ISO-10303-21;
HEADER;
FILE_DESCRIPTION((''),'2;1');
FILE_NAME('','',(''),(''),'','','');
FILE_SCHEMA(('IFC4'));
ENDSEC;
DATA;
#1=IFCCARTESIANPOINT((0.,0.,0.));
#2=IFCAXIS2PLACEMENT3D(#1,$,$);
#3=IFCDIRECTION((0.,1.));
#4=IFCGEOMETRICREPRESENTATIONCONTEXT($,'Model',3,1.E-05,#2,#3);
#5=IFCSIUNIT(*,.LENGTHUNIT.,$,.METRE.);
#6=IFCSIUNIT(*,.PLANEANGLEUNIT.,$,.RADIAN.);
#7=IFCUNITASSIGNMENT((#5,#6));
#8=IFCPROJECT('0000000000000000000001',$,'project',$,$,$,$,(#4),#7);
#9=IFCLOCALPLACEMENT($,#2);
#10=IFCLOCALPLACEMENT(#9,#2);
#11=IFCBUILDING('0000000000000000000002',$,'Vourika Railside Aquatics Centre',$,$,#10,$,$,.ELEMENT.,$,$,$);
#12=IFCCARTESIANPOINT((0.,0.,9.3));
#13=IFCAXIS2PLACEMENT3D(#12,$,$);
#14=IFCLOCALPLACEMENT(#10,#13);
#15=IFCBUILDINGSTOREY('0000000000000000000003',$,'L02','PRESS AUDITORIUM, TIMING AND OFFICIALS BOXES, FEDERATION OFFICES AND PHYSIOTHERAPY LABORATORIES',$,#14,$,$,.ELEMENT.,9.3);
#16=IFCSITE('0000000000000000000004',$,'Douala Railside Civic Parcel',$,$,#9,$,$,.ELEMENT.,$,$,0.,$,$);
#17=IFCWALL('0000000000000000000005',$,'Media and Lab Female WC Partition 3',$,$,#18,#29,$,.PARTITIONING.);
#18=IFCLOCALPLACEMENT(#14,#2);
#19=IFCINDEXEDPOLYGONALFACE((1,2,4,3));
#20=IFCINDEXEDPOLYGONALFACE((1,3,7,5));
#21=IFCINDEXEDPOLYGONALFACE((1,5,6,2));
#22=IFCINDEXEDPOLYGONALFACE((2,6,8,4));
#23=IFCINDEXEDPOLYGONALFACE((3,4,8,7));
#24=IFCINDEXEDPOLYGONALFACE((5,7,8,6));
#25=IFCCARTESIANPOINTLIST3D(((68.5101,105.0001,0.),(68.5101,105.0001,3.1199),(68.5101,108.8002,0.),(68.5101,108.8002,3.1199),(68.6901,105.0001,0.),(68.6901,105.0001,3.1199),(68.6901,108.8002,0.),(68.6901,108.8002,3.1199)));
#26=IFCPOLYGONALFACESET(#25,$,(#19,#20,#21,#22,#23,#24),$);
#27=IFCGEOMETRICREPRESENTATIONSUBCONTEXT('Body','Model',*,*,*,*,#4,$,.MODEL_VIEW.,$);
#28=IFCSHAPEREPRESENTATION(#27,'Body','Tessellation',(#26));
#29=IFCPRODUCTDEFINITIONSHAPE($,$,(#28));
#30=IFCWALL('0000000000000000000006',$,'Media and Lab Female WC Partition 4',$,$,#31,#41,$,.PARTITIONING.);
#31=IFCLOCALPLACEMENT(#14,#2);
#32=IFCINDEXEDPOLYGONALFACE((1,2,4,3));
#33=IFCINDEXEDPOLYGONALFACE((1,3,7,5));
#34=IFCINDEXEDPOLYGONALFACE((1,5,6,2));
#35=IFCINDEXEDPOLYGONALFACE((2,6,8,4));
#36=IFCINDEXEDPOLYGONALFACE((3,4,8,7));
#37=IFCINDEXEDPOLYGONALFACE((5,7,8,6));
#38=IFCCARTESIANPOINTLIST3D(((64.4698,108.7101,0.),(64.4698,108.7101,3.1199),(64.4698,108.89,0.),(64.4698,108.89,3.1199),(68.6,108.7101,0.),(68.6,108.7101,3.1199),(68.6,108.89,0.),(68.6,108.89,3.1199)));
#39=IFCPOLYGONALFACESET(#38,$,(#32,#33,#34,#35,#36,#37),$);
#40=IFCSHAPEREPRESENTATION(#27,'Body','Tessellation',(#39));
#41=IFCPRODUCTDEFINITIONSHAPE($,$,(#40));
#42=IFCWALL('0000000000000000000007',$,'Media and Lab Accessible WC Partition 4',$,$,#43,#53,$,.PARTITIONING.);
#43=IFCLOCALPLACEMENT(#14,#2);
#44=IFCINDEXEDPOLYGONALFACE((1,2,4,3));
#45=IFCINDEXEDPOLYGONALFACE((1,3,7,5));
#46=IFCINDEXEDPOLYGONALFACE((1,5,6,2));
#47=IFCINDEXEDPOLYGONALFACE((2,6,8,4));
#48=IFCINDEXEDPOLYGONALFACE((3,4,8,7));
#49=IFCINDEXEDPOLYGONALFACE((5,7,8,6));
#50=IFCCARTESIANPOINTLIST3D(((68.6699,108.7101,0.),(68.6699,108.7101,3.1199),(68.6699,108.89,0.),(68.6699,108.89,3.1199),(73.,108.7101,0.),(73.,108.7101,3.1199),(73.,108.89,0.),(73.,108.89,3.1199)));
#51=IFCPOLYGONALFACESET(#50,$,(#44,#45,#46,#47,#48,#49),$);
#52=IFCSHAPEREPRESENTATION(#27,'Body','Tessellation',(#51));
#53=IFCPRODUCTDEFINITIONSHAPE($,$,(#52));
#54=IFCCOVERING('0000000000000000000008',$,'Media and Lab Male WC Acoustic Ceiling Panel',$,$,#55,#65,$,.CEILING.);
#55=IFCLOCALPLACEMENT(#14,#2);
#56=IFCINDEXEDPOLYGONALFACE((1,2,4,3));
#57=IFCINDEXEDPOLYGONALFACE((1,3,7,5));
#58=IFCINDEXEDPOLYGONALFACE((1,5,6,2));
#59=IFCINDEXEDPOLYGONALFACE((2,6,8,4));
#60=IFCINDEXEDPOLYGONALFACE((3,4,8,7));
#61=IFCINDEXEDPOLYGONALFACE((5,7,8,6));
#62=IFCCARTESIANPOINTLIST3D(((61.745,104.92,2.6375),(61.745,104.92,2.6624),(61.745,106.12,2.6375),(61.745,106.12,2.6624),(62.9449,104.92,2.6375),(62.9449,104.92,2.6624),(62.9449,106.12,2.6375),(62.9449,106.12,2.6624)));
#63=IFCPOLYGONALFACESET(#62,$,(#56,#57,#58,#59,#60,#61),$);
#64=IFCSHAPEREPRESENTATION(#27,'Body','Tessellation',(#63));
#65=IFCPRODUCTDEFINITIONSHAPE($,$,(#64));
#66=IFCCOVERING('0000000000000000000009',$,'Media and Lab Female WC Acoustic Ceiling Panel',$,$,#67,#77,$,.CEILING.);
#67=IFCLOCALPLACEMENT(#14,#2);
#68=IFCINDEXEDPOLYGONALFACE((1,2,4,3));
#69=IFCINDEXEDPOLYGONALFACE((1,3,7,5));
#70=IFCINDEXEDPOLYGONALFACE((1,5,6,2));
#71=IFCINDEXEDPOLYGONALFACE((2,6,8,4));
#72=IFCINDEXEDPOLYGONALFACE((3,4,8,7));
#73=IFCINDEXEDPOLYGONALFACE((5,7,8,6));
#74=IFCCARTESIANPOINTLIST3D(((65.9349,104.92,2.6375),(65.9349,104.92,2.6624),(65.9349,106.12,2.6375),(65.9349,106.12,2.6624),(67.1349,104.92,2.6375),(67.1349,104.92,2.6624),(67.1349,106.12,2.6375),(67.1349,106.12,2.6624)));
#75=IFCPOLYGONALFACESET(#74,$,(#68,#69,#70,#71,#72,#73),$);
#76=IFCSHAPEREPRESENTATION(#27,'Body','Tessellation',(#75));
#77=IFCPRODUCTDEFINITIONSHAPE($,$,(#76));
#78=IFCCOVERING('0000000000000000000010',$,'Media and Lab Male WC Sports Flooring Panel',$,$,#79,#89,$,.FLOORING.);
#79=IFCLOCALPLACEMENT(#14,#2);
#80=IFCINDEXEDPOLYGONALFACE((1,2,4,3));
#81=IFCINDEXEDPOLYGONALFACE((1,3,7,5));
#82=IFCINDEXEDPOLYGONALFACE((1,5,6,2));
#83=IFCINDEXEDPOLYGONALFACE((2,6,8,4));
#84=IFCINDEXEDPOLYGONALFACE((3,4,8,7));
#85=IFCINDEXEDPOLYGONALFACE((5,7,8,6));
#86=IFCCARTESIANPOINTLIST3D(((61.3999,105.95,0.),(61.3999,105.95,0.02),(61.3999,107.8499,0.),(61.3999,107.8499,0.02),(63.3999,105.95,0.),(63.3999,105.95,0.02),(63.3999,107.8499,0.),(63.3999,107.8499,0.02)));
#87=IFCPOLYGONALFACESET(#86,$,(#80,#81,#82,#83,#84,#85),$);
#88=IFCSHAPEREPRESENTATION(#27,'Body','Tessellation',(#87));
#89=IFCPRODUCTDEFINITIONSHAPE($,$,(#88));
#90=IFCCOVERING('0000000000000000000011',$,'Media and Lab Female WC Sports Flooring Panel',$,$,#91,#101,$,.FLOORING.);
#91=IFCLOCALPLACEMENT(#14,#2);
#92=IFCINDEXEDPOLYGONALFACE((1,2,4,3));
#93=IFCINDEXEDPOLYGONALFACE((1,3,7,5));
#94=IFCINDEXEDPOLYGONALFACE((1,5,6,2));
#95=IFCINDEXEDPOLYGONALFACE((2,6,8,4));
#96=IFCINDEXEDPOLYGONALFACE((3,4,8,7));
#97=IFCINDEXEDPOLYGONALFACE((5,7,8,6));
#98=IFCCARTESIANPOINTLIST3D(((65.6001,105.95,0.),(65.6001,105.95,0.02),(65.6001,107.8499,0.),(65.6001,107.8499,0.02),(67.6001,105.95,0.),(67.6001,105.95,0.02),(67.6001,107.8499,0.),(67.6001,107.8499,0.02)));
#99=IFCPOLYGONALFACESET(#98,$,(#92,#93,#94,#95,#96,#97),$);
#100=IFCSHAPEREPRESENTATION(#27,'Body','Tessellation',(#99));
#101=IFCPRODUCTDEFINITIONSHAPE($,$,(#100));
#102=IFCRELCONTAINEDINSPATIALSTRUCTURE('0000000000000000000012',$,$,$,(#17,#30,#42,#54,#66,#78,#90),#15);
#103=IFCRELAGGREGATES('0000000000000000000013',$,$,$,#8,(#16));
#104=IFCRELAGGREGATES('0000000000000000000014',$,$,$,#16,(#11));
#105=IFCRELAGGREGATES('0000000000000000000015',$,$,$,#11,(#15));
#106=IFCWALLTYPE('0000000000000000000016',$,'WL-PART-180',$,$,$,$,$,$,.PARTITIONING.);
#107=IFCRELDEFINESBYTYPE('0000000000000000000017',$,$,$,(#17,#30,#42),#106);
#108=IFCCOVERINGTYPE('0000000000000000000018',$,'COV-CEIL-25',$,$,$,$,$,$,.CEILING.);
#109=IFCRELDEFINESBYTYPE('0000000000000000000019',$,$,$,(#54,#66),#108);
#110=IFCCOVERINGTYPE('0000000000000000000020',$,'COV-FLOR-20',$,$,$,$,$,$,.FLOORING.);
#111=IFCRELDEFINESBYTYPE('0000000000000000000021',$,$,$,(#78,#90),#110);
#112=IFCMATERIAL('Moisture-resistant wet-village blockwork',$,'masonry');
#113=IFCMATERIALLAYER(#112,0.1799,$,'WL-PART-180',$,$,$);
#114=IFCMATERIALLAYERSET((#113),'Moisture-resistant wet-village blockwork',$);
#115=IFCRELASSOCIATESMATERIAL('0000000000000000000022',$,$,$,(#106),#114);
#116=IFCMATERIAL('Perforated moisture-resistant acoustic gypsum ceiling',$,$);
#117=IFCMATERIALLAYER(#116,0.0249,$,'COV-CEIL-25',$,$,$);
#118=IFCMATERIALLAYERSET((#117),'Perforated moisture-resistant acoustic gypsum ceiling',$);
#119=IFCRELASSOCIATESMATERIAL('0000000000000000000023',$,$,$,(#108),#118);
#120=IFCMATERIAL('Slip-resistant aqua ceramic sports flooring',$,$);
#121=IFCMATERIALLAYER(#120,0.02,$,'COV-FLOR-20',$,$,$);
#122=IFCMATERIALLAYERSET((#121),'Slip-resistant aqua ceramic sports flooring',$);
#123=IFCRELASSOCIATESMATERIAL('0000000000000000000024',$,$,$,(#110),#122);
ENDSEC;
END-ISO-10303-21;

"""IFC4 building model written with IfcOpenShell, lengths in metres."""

from ifc_helpers import new_model, si_unit, direction, frame, frame_2d, origin, origin_2d, place, context, subcontext, project, spatial, rectangle, extrude, material, layer, layer_set, type_object, element, save


model = new_model("IFC4")

# Units and contexts
model_context = context("Model", 3, precision=1e-05, world=origin(), true_north=direction((0.0, 1.0)))
body_context = subcontext(model_context, "Body", "Model", "MODEL_VIEW")
ifc_project = project(units=[si_unit("LENGTHUNIT", "METRE"), si_unit("PLANEANGLEUNIT", "RADIAN")], contexts=[model_context])

# Site, building, storey
site_placement = place(None, origin())
site = spatial("IfcSite", under=ifc_project, at=site_placement, Name="Douala Railside Civic Parcel", CompositionType="ELEMENT", RefElevation=0.0)
building_placement = place(site_placement, origin())
building = spatial("IfcBuilding", under=site, at=building_placement, Name="Vourika Railside Aquatics Centre", CompositionType="ELEMENT")
storey_placement = place(building_placement, frame((0.0, 0.0, 9.3)))
storey = spatial("IfcBuildingStorey", under=building, at=storey_placement, Name="L02", Description="PRESS AUDITORIUM, TIMING AND OFFICIALS BOXES, FEDERATION OFFICES AND PHYSIOTHERAPY LABORATORIES", CompositionType="ELEMENT", Elevation=9.3)

# Shared definitions
ifc_material_1 = material(Name="Moisture-resistant wet-village blockwork", Category="masonry")
ifc_layer_1 = layer(ifc_material_1, 0.1799, Name="WL-PART-180")
ifc_layer_set_1 = layer_set([ifc_layer_1], Name="Moisture-resistant wet-village blockwork")
wall_type_1 = type_object("IfcWallType", Name="WL-PART-180", PredefinedType="PARTITIONING", material=ifc_layer_set_1)

# Walls
wall_1_placement = place(storey_placement, frame((68.6001, 108.8, 0.0), z_axis=(0.0, 0.0, 1.0), x_axis=(0.0, -1.0, 0.0)))
element("IfcWall", 1, at=wall_1_placement, inside=storey, type_object=wall_type_1, Name="Media and Lab Female WC Partition 3", PredefinedType="PARTITIONING", context=body_context, shape_type="SweptSolid", body=[
    extrude(rectangle(XDim=3.8, YDim=0.1799, at=frame_2d((1.8999, 0.0))), origin(), (0.0, 0.0, 1.0), 3.1199),
])
wall_2_placement = place(storey_placement, frame((64.47, 108.8, 0.0), z_axis=(0.0, 0.0, 1.0), x_axis=(1.0, 0.0, 0.0)))
element("IfcWall", 2, at=wall_2_placement, inside=storey, type_object=wall_type_1, Name="Media and Lab Female WC Partition 4", PredefinedType="PARTITIONING", context=body_context, shape_type="SweptSolid", body=[
    extrude(rectangle(XDim=4.1301, YDim=0.1799, at=frame_2d((2.0649, 0.0))), origin(), (0.0, 0.0, 1.0), 3.1199),
])
wall_3_placement = place(storey_placement, frame((68.6699, 108.8, 0.0), z_axis=(0.0, 0.0, 1.0), x_axis=(1.0, 0.0, 0.0)))
element("IfcWall", 3, at=wall_3_placement, inside=storey, type_object=wall_type_1, Name="Media and Lab Accessible WC Partition 4", PredefinedType="PARTITIONING", context=body_context, shape_type="SweptSolid", body=[
    extrude(rectangle(XDim=4.3301, YDim=0.1799, at=frame_2d((2.165, 0.0))), origin(), (0.0, 0.0, 1.0), 3.1199),
])

# Coverings
ifc_material_2 = material(Name="Perforated moisture-resistant acoustic gypsum ceiling")
ifc_layer_2 = layer(ifc_material_2, 0.0249, Name="COV-CEIL-25")
ifc_layer_set_2 = layer_set([ifc_layer_2], Name="Perforated moisture-resistant acoustic gypsum ceiling")
covering_type_1 = type_object("IfcCoveringType", Name="COV-CEIL-25", PredefinedType="CEILING", material=ifc_layer_set_2)
for number, where, z_axis, x_axis, name in (
    (4, (62.345, 105.52, 2.6375), (0.0, 0.0, 1.0), (1.0, 0.0, 0.0), "Media and Lab Male WC Acoustic Ceiling Panel"),
    (5, (66.5349, 105.52, 2.6375), (0.0, 0.0, 1.0), (1.0, 0.0, 0.0), "Media and Lab Female WC Acoustic Ceiling Panel"),
):
    element("IfcCovering", number, at=place(storey_placement, frame(where, z_axis=z_axis, x_axis=x_axis)), inside=storey, type_object=covering_type_1, Name=name, PredefinedType="CEILING", context=body_context, shape_type="SweptSolid", body=[
        extrude(rectangle(XDim=1.2, YDim=1.2, at=origin_2d()), origin(), (0.0, 0.0, 1.0), 0.0249),
    ])
ifc_material_3 = material(Name="Slip-resistant aqua ceramic sports flooring")
ifc_layer_3 = layer(ifc_material_3, 0.02, Name="COV-FLOR-20")
ifc_layer_set_3 = layer_set([ifc_layer_3], Name="Slip-resistant aqua ceramic sports flooring")
covering_type_2 = type_object("IfcCoveringType", Name="COV-FLOR-20", PredefinedType="FLOORING", material=ifc_layer_set_3)
for number, where, z_axis, x_axis, name in (
    (6, (62.3999, 106.8999, 0.0), (0.0, 0.0, 1.0), (1.0, 0.0, 0.0), "Media and Lab Male WC Sports Flooring Panel"),
    (7, (66.6001, 106.8999, 0.0), (0.0, 0.0, 1.0), (1.0, 0.0, 0.0), "Media and Lab Female WC Sports Flooring Panel"),
):
    element("IfcCovering", number, at=place(storey_placement, frame(where, z_axis=z_axis, x_axis=x_axis)), inside=storey, type_object=covering_type_2, Name=name, PredefinedType="FLOORING", context=body_context, shape_type="SweptSolid", body=[
        extrude(rectangle(XDim=2.0, YDim=1.8999, at=origin_2d()), origin(), (0.0, 0.0, 1.0), 0.02),
    ])

save(model, "model.ifc")
